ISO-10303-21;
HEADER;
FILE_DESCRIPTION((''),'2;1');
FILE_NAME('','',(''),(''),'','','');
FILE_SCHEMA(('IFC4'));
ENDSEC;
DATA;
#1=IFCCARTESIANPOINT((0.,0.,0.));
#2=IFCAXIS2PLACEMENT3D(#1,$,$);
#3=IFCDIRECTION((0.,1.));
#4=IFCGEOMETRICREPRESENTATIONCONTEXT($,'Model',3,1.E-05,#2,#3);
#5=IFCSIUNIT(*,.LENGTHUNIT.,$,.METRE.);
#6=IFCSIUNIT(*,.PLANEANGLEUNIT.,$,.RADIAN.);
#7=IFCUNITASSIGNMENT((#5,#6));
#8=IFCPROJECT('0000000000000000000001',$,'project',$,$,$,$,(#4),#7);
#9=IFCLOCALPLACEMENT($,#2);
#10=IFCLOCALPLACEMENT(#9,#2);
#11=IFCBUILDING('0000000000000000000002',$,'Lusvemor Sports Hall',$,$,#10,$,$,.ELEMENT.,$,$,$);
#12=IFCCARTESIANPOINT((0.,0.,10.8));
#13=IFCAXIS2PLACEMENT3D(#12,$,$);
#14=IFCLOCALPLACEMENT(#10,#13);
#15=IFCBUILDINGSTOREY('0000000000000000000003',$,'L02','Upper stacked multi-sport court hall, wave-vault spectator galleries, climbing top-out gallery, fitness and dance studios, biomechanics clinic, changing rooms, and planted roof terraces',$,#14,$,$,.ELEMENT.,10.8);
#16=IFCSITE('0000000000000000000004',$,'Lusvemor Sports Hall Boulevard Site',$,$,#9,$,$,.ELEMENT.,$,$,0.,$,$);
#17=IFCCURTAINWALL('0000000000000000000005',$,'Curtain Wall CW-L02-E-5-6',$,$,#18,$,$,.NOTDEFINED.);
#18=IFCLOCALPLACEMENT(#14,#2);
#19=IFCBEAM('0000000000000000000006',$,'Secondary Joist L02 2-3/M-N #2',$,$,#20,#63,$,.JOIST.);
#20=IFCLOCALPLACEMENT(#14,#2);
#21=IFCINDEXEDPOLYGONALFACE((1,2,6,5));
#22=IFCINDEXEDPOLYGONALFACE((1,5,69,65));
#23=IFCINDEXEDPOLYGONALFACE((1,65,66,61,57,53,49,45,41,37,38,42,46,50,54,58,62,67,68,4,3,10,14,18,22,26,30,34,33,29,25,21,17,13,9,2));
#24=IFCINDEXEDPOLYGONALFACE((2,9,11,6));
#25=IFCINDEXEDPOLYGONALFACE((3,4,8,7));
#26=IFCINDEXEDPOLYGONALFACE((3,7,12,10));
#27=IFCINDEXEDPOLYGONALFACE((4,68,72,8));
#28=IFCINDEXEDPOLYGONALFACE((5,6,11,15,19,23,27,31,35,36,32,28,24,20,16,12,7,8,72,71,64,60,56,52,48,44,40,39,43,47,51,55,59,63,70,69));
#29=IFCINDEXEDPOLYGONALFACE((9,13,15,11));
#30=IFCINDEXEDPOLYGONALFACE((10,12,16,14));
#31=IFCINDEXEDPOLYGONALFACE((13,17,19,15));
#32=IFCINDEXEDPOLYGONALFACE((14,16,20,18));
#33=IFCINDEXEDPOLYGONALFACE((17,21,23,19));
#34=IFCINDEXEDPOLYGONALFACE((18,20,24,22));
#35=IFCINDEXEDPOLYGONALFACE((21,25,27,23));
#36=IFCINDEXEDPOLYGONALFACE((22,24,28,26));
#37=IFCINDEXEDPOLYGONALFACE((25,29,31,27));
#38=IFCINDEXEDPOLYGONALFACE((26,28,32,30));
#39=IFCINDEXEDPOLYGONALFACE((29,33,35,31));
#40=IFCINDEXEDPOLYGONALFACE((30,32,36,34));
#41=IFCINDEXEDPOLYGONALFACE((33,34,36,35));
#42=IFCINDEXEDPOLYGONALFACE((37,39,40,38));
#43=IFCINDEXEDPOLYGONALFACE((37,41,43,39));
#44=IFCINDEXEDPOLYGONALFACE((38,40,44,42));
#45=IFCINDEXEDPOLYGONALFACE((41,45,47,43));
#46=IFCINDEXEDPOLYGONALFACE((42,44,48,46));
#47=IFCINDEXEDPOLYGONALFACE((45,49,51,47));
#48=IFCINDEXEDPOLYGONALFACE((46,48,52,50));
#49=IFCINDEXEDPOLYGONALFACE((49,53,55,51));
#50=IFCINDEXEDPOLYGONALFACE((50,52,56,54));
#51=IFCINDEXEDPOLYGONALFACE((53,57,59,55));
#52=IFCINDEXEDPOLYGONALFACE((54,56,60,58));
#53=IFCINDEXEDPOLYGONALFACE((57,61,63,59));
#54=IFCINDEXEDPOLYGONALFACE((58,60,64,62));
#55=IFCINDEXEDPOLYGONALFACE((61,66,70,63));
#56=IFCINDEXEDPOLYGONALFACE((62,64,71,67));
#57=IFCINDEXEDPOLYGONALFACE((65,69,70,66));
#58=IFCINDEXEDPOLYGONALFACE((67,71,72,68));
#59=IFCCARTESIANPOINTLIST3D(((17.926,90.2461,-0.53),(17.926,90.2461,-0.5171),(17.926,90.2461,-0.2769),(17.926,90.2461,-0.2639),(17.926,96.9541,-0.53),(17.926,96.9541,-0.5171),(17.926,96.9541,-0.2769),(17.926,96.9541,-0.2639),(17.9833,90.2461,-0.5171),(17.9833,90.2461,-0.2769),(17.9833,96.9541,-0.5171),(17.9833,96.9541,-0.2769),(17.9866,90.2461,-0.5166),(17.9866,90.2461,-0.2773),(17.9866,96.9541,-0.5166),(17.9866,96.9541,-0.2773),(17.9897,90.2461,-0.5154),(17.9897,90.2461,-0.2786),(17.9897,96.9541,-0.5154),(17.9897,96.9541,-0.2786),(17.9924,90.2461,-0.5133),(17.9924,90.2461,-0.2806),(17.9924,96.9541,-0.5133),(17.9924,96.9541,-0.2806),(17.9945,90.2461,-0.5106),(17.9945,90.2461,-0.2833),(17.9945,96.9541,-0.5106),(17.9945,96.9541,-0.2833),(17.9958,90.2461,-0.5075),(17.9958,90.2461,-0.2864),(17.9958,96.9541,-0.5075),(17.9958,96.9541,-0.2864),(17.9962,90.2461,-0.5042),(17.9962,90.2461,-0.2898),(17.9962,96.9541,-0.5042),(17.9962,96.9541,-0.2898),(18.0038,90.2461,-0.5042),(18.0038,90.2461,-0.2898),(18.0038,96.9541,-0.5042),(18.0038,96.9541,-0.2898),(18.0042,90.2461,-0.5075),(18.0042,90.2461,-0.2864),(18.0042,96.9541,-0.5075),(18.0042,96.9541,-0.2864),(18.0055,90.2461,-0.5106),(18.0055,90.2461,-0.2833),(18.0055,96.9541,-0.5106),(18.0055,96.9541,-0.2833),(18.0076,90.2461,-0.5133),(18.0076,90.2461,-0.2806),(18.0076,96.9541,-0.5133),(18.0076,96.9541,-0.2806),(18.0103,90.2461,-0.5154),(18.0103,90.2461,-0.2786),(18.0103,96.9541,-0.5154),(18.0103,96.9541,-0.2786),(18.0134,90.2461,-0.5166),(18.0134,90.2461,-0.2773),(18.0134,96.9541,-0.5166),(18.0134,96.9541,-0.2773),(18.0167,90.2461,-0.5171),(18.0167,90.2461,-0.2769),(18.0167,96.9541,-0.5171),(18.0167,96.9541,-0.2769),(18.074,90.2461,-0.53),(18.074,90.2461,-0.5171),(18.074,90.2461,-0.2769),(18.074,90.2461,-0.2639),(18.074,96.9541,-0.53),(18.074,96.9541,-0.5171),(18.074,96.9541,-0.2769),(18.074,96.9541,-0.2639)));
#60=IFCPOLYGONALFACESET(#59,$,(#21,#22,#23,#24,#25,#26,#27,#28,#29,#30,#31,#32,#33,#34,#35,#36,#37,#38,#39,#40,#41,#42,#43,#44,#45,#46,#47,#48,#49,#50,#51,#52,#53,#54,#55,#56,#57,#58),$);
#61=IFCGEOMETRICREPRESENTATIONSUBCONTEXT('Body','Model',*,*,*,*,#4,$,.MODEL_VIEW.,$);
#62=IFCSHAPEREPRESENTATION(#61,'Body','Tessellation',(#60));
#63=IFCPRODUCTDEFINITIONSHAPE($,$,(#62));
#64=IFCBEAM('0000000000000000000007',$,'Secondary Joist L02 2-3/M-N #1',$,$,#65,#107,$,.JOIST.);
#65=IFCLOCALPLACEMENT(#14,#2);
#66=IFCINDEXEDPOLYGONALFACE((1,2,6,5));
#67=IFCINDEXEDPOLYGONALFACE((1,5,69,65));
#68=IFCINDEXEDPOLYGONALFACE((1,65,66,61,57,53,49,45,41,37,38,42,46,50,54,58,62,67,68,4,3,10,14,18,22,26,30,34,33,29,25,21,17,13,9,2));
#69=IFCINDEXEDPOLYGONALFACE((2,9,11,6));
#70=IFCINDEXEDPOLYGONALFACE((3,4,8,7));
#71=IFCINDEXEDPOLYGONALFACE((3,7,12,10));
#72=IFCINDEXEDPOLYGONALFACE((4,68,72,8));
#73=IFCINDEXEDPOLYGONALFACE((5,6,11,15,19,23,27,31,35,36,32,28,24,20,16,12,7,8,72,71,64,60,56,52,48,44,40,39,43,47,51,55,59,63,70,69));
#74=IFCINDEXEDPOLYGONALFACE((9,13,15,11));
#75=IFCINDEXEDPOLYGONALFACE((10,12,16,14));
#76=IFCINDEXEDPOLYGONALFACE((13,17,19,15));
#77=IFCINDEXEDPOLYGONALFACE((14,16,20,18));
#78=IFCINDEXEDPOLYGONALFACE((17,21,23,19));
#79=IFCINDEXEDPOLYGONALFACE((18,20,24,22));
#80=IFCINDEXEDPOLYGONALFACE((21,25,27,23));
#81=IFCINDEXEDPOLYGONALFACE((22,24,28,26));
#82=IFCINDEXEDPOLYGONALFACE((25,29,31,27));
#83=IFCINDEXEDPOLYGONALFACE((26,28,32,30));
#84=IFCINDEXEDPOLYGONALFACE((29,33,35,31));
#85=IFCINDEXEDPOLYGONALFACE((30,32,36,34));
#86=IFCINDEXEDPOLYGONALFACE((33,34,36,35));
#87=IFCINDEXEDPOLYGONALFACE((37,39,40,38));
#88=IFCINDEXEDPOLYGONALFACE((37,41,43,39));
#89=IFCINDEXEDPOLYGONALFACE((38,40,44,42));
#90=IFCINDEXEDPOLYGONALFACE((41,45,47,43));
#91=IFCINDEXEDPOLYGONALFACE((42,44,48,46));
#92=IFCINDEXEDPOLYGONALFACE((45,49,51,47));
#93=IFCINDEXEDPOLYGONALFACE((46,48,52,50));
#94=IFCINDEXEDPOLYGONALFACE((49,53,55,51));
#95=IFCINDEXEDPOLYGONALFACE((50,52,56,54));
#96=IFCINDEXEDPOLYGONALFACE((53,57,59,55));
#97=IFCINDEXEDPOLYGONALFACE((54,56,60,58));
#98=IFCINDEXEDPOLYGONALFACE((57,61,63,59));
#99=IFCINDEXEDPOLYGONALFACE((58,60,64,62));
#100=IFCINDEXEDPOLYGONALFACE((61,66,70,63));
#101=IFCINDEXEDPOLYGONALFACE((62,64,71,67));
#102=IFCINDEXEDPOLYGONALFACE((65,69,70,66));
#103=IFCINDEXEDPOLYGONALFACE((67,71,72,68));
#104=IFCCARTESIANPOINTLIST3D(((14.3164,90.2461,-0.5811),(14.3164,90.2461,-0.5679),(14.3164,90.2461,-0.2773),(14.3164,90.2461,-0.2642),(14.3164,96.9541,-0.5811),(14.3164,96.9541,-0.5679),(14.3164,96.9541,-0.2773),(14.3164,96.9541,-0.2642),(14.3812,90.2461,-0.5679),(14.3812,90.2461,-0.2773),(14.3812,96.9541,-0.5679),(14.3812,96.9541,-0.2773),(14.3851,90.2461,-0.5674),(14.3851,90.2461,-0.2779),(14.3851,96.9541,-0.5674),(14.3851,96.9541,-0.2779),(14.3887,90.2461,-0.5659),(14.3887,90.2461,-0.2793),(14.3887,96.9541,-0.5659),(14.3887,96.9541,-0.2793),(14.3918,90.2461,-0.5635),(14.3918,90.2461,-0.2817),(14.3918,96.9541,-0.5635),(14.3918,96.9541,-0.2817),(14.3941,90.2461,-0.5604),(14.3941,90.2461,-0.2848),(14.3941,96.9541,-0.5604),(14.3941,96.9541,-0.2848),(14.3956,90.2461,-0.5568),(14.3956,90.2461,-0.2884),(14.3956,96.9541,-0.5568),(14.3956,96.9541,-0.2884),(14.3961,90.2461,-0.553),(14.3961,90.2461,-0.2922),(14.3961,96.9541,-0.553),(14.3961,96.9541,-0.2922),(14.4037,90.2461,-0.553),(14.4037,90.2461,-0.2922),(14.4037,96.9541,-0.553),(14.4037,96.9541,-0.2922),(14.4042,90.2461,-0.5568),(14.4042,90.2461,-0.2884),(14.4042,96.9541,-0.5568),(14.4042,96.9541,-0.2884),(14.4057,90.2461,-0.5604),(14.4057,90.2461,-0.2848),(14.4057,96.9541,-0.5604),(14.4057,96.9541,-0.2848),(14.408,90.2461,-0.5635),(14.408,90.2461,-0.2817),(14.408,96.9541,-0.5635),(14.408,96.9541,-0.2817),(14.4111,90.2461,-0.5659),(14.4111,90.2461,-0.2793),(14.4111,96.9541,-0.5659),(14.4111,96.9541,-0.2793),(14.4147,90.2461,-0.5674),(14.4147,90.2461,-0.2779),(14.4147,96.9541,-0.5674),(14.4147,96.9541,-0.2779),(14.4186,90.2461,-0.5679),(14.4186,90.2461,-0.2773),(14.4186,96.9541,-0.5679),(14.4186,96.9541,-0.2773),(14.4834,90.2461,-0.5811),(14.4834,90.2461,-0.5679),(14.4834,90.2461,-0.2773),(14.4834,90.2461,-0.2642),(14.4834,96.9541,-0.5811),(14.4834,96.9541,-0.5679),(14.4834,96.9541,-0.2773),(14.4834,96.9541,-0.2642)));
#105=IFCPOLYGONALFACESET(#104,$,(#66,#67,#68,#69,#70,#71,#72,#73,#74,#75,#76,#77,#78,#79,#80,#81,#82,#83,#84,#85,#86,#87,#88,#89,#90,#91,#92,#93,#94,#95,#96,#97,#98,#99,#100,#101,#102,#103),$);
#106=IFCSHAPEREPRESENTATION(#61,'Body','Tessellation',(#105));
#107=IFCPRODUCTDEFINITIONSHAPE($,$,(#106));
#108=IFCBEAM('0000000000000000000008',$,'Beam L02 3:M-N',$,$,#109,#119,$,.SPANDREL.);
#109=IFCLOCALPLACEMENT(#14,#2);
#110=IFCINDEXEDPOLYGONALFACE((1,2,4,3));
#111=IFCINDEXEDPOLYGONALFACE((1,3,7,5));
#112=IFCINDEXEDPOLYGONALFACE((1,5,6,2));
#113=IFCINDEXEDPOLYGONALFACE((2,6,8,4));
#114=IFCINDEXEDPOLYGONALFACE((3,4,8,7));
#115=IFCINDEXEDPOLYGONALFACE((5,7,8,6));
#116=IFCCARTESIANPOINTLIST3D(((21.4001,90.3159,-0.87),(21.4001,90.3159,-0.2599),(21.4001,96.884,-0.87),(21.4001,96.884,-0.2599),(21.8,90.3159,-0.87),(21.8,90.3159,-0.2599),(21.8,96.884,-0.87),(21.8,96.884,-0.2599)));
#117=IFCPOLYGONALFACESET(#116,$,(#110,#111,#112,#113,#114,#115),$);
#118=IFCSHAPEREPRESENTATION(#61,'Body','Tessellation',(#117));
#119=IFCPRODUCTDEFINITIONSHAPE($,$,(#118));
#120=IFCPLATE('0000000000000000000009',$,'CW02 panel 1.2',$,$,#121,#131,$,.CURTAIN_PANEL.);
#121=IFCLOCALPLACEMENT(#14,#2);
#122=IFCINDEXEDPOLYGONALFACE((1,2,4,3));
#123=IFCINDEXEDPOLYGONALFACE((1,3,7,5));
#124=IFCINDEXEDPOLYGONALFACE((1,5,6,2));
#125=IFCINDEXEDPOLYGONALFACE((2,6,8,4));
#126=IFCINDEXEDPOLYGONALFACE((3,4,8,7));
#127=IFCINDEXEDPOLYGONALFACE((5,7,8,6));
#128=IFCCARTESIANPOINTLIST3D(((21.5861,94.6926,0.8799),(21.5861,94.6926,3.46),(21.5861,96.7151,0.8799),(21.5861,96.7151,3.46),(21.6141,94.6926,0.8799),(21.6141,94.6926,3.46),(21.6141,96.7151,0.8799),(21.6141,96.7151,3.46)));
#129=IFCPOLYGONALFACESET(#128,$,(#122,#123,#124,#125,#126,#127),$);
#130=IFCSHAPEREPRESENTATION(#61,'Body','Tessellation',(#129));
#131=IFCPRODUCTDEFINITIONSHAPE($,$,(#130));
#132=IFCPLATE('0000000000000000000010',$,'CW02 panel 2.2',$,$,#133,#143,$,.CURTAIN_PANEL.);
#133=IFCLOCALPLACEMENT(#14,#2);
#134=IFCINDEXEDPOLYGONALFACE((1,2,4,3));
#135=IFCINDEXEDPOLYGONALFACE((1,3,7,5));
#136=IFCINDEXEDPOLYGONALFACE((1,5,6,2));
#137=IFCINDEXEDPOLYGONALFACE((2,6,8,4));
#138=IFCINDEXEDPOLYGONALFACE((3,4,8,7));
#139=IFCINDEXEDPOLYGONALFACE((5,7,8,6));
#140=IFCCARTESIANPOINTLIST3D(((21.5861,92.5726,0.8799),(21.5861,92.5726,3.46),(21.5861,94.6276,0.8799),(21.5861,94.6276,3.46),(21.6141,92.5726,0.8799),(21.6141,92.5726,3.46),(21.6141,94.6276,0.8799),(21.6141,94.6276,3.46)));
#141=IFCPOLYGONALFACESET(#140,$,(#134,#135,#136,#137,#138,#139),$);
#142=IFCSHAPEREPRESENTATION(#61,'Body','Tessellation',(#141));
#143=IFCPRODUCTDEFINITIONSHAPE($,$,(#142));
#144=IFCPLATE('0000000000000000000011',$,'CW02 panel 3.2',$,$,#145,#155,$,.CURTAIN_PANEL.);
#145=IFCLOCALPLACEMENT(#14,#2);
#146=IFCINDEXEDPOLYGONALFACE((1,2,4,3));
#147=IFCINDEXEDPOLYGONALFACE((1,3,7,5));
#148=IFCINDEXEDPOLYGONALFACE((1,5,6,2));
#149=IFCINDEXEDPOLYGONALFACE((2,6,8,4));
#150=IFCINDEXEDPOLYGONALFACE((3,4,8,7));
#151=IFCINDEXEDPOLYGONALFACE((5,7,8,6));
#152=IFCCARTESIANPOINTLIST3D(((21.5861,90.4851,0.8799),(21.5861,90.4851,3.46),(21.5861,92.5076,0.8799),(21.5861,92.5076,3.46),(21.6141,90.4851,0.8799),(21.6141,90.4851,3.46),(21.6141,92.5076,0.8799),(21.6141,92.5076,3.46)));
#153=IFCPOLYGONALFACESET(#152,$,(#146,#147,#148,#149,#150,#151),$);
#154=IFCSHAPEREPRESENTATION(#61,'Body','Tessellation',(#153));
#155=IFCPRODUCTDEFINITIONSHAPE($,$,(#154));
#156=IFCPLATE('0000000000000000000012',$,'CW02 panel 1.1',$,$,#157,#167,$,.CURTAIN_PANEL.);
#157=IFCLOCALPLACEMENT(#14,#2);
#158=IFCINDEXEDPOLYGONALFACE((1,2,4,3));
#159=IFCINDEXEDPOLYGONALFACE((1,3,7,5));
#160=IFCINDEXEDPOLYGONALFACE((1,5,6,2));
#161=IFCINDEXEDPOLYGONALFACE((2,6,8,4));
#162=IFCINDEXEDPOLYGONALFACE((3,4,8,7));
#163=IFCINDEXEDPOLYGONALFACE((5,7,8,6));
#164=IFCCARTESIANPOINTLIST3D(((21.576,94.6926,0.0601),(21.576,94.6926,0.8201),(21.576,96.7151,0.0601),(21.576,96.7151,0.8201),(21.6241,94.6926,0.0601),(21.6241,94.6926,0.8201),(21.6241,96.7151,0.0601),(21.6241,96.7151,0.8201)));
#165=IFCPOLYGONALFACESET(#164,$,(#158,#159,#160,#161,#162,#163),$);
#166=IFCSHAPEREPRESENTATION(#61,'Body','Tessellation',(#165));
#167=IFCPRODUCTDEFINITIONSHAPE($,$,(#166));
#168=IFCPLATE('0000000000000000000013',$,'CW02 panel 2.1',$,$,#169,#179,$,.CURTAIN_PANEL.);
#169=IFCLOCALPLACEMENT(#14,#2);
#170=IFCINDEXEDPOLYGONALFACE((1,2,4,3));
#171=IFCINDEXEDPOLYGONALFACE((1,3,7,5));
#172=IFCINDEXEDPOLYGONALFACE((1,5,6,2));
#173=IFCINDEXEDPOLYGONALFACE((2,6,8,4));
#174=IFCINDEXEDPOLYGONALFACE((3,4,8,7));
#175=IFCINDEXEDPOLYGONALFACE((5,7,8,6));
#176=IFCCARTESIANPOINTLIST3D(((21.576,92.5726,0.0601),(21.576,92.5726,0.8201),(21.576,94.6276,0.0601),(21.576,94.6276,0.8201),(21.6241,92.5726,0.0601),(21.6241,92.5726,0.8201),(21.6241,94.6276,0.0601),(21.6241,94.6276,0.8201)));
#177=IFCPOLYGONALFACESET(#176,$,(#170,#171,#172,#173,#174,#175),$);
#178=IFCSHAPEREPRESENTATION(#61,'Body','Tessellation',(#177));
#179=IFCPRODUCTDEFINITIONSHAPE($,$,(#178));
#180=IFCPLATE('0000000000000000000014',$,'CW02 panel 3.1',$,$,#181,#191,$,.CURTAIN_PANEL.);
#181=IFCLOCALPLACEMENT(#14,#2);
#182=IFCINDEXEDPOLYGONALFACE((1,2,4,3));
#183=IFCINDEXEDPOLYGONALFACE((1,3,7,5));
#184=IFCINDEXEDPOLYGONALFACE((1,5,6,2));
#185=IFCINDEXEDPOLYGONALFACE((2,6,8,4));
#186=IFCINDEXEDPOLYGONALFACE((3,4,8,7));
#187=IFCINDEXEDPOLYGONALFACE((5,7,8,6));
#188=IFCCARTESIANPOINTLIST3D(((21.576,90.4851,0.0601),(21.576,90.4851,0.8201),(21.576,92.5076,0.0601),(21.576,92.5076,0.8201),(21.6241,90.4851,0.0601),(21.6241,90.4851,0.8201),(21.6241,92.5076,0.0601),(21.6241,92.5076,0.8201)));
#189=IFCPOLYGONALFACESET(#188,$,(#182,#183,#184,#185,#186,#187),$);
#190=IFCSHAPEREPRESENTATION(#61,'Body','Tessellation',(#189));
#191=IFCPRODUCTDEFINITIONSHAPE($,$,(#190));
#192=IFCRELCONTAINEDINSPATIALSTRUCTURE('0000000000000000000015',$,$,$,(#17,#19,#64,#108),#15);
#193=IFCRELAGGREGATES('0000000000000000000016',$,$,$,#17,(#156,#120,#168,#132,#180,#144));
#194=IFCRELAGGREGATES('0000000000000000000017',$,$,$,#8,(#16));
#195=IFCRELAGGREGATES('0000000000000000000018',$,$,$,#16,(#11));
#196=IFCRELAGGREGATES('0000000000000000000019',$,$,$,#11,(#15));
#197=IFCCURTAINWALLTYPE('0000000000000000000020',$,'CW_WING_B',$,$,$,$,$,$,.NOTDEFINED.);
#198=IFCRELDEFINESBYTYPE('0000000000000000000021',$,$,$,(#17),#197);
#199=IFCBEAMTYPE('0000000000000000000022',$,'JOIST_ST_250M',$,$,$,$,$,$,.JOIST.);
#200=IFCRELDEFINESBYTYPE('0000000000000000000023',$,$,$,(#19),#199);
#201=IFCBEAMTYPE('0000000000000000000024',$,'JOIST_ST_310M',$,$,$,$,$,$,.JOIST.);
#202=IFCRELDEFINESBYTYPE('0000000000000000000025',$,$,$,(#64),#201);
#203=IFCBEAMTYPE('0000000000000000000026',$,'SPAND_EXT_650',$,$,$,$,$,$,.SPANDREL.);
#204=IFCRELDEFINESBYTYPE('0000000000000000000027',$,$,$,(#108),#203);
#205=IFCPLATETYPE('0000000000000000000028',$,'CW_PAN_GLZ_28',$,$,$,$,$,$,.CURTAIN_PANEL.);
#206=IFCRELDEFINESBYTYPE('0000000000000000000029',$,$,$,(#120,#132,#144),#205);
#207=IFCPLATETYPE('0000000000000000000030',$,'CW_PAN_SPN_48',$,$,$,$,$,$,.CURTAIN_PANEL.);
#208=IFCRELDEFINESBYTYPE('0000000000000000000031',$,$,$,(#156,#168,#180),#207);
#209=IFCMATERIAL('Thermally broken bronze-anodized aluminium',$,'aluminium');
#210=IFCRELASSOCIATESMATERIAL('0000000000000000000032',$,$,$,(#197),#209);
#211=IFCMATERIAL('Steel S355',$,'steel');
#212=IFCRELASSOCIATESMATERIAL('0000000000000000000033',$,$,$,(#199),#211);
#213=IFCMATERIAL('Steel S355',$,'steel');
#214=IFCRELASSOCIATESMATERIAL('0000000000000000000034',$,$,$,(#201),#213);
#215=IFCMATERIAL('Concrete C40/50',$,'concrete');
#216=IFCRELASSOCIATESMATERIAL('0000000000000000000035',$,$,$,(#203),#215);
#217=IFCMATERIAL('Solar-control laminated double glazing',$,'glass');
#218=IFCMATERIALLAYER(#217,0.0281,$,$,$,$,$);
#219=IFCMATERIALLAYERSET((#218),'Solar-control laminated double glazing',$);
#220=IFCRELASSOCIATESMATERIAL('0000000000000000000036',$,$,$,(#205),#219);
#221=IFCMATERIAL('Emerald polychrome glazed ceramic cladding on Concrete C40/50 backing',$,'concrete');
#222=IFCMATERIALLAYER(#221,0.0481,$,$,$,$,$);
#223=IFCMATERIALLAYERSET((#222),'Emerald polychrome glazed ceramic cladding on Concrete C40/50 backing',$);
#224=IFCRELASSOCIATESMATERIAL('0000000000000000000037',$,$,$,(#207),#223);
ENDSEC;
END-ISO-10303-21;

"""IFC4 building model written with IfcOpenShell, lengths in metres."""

from ifc_helpers import new_model, si_unit, direction, frame, origin, origin_2d, place, context, subcontext, project, spatial, rectangle, i_section, extrude, material, layer, layer_set, material_profile, profile_set, type_object, element, aggregate, save


model = new_model("IFC4")

# Units and contexts
model_context = context("Model", 3, precision=1e-05, world=origin(), true_north=direction((0.0, 1.0)))
body_context = subcontext(model_context, "Body", "Model", "MODEL_VIEW")
ifc_project = project(units=[si_unit("LENGTHUNIT", "METRE"), si_unit("PLANEANGLEUNIT", "RADIAN")], contexts=[model_context])

# Site, building, storey
site_placement = place(None, origin())
site = spatial("IfcSite", under=ifc_project, at=site_placement, Name="Lusvemor Sports Hall Boulevard Site", CompositionType="ELEMENT", RefElevation=0.0)
building_placement = place(site_placement, origin())
building = spatial("IfcBuilding", under=site, at=building_placement, Name="Lusvemor Sports Hall", CompositionType="ELEMENT")
storey_placement = place(building_placement, frame((0.0, 0.0, 10.8)))
storey = spatial("IfcBuildingStorey", under=building, at=storey_placement, Name="L02", Description="Upper stacked multi-sport court hall, wave-vault spectator galleries, climbing top-out gallery, fitness and dance studios, biomechanics clinic, changing rooms, and planted roof terraces", CompositionType="ELEMENT", Elevation=10.8)

# Curtain wall
ifc_material_1 = material(Name="Thermally broken bronze-anodized aluminium", Category="aluminium")
curtain_wall_type = type_object("IfcCurtainWallType", Name="CW_WING_B", PredefinedType="NOTDEFINED", material=ifc_material_1)
curtain_wall_placement = place(storey_placement, origin())
curtain_wall = element("IfcCurtainWall", 1, at=curtain_wall_placement, inside=storey, type_object=curtain_wall_type, Name="Curtain Wall CW-L02-E-5-6", PredefinedType="NOTDEFINED")

# Beams
ifc_material_2 = material(Name="Steel S355", Category="steel")
ifc_material_profile_1 = material_profile(ifc_material_2, i_section(OverallWidth=0.1479, OverallDepth=0.2661, WebThickness=0.0076, FlangeThickness=0.0129, FilletRadius=0.0129, at=origin_2d()), Name="W250x44.8")
ifc_profile_set_1 = profile_set([ifc_material_profile_1], Name="Steel S355")
beam_type_1 = type_object("IfcBeamType", Name="JOIST_ST_250M", PredefinedType="JOIST", material=ifc_profile_set_1)
beam_1_placement = place(storey_placement, frame((18.0, 90.2461, -0.397), z_axis=(0.0, 1.0, 0.0), x_axis=(-1.0, 0.0, 0.0)))
element("IfcBeam", 2, at=beam_1_placement, inside=storey, type_object=beam_type_1, Name="Secondary Joist L02 2-3/M-N #2", PredefinedType="JOIST", context=body_context, shape_type="SweptSolid", body=[
    extrude(i_section(OverallWidth=0.1479, OverallDepth=0.2661, WebThickness=0.0076, FlangeThickness=0.0129, FilletRadius=0.0129, at=origin_2d()), origin(), (0.0, 0.0, 1.0), 6.708),
])
ifc_material_3 = material(Name="Steel S355", Category="steel")
ifc_material_profile_2 = material_profile(ifc_material_3, i_section(OverallWidth=0.167, OverallDepth=0.3169, WebThickness=0.0076, FlangeThickness=0.0132, FilletRadius=0.0149, at=origin_2d()), Name="W310x52.0")
ifc_profile_set_2 = profile_set([ifc_material_profile_2], Name="Steel S355")
beam_type_2 = type_object("IfcBeamType", Name="JOIST_ST_310M", PredefinedType="JOIST", material=ifc_profile_set_2)
beam_2_placement = place(storey_placement, frame((14.3999, 90.2461, -0.4226), z_axis=(0.0, 1.0, 0.0), x_axis=(-1.0, 0.0, 0.0)))
element("IfcBeam", 3, at=beam_2_placement, inside=storey, type_object=beam_type_2, Name="Secondary Joist L02 2-3/M-N #1", PredefinedType="JOIST", context=body_context, shape_type="SweptSolid", body=[
    extrude(i_section(OverallWidth=0.167, OverallDepth=0.3169, WebThickness=0.0076, FlangeThickness=0.0132, FilletRadius=0.0149, at=origin_2d()), origin(), (0.0, 0.0, 1.0), 6.708),
])
ifc_material_4 = material(Name="Concrete C40/50", Category="concrete")
ifc_material_profile_3 = material_profile(ifc_material_4, rectangle(XDim=0.3999, YDim=0.6101, at=origin_2d()), Name="RC400x610")
ifc_profile_set_3 = profile_set([ifc_material_profile_3], Name="Concrete C40/50")
beam_type_3 = type_object("IfcBeamType", Name="SPAND_EXT_650", PredefinedType="SPANDREL", material=ifc_profile_set_3)
beam_3_placement = place(storey_placement, frame((21.6001, 90.3159, -0.5649), z_axis=(0.0, 1.0, 0.0), x_axis=(-1.0, 0.0, 0.0)))
element("IfcBeam", 4, at=beam_3_placement, inside=storey, type_object=beam_type_3, Name="Beam L02 3:M-N", PredefinedType="SPANDREL", context=body_context, shape_type="SweptSolid", body=[
    extrude(rectangle(XDim=0.3999, YDim=0.6101, at=origin_2d()), origin(), (0.0, 0.0, 1.0), 6.5681),
])

# Plates
ifc_material_5 = material(Name="Solar-control laminated double glazing", Category="glass")
ifc_layer_1 = layer(ifc_material_5, 0.0281)
ifc_layer_set_1 = layer_set([ifc_layer_1], Name="Solar-control laminated double glazing")
plate_type_1 = type_object("IfcPlateType", Name="CW_PAN_GLZ_28", PredefinedType="CURTAIN_PANEL", material=ifc_layer_set_1)
plate_1_placement = place(storey_placement, frame((21.6001, 95.7039, 0.8799), z_axis=(0.0, 0.0, 1.0), x_axis=(0.0, -1.0, 0.0)))
plate_1 = element("IfcPlate", 5, at=plate_1_placement, type_object=plate_type_1, Name="CW02 panel 1.2", PredefinedType="CURTAIN_PANEL", context=body_context, shape_type="SweptSolid", body=[
    extrude(rectangle(XDim=2.0225, YDim=0.0281, at=origin_2d()), origin(), (0.0, 0.0, 1.0), 2.5801),
])
plate_2_placement = place(storey_placement, frame((21.6001, 93.6001, 0.8799), z_axis=(0.0, 0.0, 1.0), x_axis=(0.0, -1.0, 0.0)))
plate_2 = element("IfcPlate", 6, at=plate_2_placement, type_object=plate_type_1, Name="CW02 panel 2.2", PredefinedType="CURTAIN_PANEL", context=body_context, shape_type="SweptSolid", body=[
    extrude(rectangle(XDim=2.0549, YDim=0.0281, at=origin_2d()), origin(), (0.0, 0.0, 1.0), 2.5801),
])
plate_3_placement = place(storey_placement, frame((21.6001, 91.4963, 0.8799), z_axis=(0.0, 0.0, 1.0), x_axis=(0.0, -1.0, 0.0)))
plate_3 = element("IfcPlate", 7, at=plate_3_placement, type_object=plate_type_1, Name="CW02 panel 3.2", PredefinedType="CURTAIN_PANEL", context=body_context, shape_type="SweptSolid", body=[
    extrude(rectangle(XDim=2.0225, YDim=0.0281, at=origin_2d()), origin(), (0.0, 0.0, 1.0), 2.5801),
])
ifc_material_6 = material(Name="Emerald polychrome glazed ceramic cladding on Concrete C40/50 backing", Category="concrete")
ifc_layer_2 = layer(ifc_material_6, 0.0481)
ifc_layer_set_2 = layer_set([ifc_layer_2], Name="Emerald polychrome glazed ceramic cladding on Concrete C40/50 backing")
plate_type_2 = type_object("IfcPlateType", Name="CW_PAN_SPN_48", PredefinedType="CURTAIN_PANEL", material=ifc_layer_set_2)
plate_4_placement = place(storey_placement, frame((21.6001, 95.7039, 0.0601), z_axis=(0.0, 0.0, 1.0), x_axis=(0.0, -1.0, 0.0)))
plate_4 = element("IfcPlate", 8, at=plate_4_placement, type_object=plate_type_2, Name="CW02 panel 1.1", PredefinedType="CURTAIN_PANEL", context=body_context, shape_type="SweptSolid", body=[
    extrude(rectangle(XDim=2.0225, YDim=0.0481, at=origin_2d()), origin(), (0.0, 0.0, 1.0), 0.76),
])
plate_5_placement = place(storey_placement, frame((21.6001, 93.6001, 0.0601), z_axis=(0.0, 0.0, 1.0), x_axis=(0.0, -1.0, 0.0)))
plate_5 = element("IfcPlate", 9, at=plate_5_placement, type_object=plate_type_2, Name="CW02 panel 2.1", PredefinedType="CURTAIN_PANEL", context=body_context, shape_type="SweptSolid", body=[
    extrude(rectangle(XDim=2.0549, YDim=0.0481, at=origin_2d()), origin(), (0.0, 0.0, 1.0), 0.76),
])
plate_6_placement = place(storey_placement, frame((21.6001, 91.4963, 0.0601), z_axis=(0.0, 0.0, 1.0), x_axis=(0.0, -1.0, 0.0)))
plate_6 = element("IfcPlate", 10, at=plate_6_placement, type_object=plate_type_2, Name="CW02 panel 3.1", PredefinedType="CURTAIN_PANEL", context=body_context, shape_type="SweptSolid", body=[
    extrude(rectangle(XDim=2.0225, YDim=0.0481, at=origin_2d()), origin(), (0.0, 0.0, 1.0), 0.76),
])
aggregate(curtain_wall, [plate_4, plate_1, plate_5, plate_2, plate_6, plate_3])

save(model, "model.ifc")
